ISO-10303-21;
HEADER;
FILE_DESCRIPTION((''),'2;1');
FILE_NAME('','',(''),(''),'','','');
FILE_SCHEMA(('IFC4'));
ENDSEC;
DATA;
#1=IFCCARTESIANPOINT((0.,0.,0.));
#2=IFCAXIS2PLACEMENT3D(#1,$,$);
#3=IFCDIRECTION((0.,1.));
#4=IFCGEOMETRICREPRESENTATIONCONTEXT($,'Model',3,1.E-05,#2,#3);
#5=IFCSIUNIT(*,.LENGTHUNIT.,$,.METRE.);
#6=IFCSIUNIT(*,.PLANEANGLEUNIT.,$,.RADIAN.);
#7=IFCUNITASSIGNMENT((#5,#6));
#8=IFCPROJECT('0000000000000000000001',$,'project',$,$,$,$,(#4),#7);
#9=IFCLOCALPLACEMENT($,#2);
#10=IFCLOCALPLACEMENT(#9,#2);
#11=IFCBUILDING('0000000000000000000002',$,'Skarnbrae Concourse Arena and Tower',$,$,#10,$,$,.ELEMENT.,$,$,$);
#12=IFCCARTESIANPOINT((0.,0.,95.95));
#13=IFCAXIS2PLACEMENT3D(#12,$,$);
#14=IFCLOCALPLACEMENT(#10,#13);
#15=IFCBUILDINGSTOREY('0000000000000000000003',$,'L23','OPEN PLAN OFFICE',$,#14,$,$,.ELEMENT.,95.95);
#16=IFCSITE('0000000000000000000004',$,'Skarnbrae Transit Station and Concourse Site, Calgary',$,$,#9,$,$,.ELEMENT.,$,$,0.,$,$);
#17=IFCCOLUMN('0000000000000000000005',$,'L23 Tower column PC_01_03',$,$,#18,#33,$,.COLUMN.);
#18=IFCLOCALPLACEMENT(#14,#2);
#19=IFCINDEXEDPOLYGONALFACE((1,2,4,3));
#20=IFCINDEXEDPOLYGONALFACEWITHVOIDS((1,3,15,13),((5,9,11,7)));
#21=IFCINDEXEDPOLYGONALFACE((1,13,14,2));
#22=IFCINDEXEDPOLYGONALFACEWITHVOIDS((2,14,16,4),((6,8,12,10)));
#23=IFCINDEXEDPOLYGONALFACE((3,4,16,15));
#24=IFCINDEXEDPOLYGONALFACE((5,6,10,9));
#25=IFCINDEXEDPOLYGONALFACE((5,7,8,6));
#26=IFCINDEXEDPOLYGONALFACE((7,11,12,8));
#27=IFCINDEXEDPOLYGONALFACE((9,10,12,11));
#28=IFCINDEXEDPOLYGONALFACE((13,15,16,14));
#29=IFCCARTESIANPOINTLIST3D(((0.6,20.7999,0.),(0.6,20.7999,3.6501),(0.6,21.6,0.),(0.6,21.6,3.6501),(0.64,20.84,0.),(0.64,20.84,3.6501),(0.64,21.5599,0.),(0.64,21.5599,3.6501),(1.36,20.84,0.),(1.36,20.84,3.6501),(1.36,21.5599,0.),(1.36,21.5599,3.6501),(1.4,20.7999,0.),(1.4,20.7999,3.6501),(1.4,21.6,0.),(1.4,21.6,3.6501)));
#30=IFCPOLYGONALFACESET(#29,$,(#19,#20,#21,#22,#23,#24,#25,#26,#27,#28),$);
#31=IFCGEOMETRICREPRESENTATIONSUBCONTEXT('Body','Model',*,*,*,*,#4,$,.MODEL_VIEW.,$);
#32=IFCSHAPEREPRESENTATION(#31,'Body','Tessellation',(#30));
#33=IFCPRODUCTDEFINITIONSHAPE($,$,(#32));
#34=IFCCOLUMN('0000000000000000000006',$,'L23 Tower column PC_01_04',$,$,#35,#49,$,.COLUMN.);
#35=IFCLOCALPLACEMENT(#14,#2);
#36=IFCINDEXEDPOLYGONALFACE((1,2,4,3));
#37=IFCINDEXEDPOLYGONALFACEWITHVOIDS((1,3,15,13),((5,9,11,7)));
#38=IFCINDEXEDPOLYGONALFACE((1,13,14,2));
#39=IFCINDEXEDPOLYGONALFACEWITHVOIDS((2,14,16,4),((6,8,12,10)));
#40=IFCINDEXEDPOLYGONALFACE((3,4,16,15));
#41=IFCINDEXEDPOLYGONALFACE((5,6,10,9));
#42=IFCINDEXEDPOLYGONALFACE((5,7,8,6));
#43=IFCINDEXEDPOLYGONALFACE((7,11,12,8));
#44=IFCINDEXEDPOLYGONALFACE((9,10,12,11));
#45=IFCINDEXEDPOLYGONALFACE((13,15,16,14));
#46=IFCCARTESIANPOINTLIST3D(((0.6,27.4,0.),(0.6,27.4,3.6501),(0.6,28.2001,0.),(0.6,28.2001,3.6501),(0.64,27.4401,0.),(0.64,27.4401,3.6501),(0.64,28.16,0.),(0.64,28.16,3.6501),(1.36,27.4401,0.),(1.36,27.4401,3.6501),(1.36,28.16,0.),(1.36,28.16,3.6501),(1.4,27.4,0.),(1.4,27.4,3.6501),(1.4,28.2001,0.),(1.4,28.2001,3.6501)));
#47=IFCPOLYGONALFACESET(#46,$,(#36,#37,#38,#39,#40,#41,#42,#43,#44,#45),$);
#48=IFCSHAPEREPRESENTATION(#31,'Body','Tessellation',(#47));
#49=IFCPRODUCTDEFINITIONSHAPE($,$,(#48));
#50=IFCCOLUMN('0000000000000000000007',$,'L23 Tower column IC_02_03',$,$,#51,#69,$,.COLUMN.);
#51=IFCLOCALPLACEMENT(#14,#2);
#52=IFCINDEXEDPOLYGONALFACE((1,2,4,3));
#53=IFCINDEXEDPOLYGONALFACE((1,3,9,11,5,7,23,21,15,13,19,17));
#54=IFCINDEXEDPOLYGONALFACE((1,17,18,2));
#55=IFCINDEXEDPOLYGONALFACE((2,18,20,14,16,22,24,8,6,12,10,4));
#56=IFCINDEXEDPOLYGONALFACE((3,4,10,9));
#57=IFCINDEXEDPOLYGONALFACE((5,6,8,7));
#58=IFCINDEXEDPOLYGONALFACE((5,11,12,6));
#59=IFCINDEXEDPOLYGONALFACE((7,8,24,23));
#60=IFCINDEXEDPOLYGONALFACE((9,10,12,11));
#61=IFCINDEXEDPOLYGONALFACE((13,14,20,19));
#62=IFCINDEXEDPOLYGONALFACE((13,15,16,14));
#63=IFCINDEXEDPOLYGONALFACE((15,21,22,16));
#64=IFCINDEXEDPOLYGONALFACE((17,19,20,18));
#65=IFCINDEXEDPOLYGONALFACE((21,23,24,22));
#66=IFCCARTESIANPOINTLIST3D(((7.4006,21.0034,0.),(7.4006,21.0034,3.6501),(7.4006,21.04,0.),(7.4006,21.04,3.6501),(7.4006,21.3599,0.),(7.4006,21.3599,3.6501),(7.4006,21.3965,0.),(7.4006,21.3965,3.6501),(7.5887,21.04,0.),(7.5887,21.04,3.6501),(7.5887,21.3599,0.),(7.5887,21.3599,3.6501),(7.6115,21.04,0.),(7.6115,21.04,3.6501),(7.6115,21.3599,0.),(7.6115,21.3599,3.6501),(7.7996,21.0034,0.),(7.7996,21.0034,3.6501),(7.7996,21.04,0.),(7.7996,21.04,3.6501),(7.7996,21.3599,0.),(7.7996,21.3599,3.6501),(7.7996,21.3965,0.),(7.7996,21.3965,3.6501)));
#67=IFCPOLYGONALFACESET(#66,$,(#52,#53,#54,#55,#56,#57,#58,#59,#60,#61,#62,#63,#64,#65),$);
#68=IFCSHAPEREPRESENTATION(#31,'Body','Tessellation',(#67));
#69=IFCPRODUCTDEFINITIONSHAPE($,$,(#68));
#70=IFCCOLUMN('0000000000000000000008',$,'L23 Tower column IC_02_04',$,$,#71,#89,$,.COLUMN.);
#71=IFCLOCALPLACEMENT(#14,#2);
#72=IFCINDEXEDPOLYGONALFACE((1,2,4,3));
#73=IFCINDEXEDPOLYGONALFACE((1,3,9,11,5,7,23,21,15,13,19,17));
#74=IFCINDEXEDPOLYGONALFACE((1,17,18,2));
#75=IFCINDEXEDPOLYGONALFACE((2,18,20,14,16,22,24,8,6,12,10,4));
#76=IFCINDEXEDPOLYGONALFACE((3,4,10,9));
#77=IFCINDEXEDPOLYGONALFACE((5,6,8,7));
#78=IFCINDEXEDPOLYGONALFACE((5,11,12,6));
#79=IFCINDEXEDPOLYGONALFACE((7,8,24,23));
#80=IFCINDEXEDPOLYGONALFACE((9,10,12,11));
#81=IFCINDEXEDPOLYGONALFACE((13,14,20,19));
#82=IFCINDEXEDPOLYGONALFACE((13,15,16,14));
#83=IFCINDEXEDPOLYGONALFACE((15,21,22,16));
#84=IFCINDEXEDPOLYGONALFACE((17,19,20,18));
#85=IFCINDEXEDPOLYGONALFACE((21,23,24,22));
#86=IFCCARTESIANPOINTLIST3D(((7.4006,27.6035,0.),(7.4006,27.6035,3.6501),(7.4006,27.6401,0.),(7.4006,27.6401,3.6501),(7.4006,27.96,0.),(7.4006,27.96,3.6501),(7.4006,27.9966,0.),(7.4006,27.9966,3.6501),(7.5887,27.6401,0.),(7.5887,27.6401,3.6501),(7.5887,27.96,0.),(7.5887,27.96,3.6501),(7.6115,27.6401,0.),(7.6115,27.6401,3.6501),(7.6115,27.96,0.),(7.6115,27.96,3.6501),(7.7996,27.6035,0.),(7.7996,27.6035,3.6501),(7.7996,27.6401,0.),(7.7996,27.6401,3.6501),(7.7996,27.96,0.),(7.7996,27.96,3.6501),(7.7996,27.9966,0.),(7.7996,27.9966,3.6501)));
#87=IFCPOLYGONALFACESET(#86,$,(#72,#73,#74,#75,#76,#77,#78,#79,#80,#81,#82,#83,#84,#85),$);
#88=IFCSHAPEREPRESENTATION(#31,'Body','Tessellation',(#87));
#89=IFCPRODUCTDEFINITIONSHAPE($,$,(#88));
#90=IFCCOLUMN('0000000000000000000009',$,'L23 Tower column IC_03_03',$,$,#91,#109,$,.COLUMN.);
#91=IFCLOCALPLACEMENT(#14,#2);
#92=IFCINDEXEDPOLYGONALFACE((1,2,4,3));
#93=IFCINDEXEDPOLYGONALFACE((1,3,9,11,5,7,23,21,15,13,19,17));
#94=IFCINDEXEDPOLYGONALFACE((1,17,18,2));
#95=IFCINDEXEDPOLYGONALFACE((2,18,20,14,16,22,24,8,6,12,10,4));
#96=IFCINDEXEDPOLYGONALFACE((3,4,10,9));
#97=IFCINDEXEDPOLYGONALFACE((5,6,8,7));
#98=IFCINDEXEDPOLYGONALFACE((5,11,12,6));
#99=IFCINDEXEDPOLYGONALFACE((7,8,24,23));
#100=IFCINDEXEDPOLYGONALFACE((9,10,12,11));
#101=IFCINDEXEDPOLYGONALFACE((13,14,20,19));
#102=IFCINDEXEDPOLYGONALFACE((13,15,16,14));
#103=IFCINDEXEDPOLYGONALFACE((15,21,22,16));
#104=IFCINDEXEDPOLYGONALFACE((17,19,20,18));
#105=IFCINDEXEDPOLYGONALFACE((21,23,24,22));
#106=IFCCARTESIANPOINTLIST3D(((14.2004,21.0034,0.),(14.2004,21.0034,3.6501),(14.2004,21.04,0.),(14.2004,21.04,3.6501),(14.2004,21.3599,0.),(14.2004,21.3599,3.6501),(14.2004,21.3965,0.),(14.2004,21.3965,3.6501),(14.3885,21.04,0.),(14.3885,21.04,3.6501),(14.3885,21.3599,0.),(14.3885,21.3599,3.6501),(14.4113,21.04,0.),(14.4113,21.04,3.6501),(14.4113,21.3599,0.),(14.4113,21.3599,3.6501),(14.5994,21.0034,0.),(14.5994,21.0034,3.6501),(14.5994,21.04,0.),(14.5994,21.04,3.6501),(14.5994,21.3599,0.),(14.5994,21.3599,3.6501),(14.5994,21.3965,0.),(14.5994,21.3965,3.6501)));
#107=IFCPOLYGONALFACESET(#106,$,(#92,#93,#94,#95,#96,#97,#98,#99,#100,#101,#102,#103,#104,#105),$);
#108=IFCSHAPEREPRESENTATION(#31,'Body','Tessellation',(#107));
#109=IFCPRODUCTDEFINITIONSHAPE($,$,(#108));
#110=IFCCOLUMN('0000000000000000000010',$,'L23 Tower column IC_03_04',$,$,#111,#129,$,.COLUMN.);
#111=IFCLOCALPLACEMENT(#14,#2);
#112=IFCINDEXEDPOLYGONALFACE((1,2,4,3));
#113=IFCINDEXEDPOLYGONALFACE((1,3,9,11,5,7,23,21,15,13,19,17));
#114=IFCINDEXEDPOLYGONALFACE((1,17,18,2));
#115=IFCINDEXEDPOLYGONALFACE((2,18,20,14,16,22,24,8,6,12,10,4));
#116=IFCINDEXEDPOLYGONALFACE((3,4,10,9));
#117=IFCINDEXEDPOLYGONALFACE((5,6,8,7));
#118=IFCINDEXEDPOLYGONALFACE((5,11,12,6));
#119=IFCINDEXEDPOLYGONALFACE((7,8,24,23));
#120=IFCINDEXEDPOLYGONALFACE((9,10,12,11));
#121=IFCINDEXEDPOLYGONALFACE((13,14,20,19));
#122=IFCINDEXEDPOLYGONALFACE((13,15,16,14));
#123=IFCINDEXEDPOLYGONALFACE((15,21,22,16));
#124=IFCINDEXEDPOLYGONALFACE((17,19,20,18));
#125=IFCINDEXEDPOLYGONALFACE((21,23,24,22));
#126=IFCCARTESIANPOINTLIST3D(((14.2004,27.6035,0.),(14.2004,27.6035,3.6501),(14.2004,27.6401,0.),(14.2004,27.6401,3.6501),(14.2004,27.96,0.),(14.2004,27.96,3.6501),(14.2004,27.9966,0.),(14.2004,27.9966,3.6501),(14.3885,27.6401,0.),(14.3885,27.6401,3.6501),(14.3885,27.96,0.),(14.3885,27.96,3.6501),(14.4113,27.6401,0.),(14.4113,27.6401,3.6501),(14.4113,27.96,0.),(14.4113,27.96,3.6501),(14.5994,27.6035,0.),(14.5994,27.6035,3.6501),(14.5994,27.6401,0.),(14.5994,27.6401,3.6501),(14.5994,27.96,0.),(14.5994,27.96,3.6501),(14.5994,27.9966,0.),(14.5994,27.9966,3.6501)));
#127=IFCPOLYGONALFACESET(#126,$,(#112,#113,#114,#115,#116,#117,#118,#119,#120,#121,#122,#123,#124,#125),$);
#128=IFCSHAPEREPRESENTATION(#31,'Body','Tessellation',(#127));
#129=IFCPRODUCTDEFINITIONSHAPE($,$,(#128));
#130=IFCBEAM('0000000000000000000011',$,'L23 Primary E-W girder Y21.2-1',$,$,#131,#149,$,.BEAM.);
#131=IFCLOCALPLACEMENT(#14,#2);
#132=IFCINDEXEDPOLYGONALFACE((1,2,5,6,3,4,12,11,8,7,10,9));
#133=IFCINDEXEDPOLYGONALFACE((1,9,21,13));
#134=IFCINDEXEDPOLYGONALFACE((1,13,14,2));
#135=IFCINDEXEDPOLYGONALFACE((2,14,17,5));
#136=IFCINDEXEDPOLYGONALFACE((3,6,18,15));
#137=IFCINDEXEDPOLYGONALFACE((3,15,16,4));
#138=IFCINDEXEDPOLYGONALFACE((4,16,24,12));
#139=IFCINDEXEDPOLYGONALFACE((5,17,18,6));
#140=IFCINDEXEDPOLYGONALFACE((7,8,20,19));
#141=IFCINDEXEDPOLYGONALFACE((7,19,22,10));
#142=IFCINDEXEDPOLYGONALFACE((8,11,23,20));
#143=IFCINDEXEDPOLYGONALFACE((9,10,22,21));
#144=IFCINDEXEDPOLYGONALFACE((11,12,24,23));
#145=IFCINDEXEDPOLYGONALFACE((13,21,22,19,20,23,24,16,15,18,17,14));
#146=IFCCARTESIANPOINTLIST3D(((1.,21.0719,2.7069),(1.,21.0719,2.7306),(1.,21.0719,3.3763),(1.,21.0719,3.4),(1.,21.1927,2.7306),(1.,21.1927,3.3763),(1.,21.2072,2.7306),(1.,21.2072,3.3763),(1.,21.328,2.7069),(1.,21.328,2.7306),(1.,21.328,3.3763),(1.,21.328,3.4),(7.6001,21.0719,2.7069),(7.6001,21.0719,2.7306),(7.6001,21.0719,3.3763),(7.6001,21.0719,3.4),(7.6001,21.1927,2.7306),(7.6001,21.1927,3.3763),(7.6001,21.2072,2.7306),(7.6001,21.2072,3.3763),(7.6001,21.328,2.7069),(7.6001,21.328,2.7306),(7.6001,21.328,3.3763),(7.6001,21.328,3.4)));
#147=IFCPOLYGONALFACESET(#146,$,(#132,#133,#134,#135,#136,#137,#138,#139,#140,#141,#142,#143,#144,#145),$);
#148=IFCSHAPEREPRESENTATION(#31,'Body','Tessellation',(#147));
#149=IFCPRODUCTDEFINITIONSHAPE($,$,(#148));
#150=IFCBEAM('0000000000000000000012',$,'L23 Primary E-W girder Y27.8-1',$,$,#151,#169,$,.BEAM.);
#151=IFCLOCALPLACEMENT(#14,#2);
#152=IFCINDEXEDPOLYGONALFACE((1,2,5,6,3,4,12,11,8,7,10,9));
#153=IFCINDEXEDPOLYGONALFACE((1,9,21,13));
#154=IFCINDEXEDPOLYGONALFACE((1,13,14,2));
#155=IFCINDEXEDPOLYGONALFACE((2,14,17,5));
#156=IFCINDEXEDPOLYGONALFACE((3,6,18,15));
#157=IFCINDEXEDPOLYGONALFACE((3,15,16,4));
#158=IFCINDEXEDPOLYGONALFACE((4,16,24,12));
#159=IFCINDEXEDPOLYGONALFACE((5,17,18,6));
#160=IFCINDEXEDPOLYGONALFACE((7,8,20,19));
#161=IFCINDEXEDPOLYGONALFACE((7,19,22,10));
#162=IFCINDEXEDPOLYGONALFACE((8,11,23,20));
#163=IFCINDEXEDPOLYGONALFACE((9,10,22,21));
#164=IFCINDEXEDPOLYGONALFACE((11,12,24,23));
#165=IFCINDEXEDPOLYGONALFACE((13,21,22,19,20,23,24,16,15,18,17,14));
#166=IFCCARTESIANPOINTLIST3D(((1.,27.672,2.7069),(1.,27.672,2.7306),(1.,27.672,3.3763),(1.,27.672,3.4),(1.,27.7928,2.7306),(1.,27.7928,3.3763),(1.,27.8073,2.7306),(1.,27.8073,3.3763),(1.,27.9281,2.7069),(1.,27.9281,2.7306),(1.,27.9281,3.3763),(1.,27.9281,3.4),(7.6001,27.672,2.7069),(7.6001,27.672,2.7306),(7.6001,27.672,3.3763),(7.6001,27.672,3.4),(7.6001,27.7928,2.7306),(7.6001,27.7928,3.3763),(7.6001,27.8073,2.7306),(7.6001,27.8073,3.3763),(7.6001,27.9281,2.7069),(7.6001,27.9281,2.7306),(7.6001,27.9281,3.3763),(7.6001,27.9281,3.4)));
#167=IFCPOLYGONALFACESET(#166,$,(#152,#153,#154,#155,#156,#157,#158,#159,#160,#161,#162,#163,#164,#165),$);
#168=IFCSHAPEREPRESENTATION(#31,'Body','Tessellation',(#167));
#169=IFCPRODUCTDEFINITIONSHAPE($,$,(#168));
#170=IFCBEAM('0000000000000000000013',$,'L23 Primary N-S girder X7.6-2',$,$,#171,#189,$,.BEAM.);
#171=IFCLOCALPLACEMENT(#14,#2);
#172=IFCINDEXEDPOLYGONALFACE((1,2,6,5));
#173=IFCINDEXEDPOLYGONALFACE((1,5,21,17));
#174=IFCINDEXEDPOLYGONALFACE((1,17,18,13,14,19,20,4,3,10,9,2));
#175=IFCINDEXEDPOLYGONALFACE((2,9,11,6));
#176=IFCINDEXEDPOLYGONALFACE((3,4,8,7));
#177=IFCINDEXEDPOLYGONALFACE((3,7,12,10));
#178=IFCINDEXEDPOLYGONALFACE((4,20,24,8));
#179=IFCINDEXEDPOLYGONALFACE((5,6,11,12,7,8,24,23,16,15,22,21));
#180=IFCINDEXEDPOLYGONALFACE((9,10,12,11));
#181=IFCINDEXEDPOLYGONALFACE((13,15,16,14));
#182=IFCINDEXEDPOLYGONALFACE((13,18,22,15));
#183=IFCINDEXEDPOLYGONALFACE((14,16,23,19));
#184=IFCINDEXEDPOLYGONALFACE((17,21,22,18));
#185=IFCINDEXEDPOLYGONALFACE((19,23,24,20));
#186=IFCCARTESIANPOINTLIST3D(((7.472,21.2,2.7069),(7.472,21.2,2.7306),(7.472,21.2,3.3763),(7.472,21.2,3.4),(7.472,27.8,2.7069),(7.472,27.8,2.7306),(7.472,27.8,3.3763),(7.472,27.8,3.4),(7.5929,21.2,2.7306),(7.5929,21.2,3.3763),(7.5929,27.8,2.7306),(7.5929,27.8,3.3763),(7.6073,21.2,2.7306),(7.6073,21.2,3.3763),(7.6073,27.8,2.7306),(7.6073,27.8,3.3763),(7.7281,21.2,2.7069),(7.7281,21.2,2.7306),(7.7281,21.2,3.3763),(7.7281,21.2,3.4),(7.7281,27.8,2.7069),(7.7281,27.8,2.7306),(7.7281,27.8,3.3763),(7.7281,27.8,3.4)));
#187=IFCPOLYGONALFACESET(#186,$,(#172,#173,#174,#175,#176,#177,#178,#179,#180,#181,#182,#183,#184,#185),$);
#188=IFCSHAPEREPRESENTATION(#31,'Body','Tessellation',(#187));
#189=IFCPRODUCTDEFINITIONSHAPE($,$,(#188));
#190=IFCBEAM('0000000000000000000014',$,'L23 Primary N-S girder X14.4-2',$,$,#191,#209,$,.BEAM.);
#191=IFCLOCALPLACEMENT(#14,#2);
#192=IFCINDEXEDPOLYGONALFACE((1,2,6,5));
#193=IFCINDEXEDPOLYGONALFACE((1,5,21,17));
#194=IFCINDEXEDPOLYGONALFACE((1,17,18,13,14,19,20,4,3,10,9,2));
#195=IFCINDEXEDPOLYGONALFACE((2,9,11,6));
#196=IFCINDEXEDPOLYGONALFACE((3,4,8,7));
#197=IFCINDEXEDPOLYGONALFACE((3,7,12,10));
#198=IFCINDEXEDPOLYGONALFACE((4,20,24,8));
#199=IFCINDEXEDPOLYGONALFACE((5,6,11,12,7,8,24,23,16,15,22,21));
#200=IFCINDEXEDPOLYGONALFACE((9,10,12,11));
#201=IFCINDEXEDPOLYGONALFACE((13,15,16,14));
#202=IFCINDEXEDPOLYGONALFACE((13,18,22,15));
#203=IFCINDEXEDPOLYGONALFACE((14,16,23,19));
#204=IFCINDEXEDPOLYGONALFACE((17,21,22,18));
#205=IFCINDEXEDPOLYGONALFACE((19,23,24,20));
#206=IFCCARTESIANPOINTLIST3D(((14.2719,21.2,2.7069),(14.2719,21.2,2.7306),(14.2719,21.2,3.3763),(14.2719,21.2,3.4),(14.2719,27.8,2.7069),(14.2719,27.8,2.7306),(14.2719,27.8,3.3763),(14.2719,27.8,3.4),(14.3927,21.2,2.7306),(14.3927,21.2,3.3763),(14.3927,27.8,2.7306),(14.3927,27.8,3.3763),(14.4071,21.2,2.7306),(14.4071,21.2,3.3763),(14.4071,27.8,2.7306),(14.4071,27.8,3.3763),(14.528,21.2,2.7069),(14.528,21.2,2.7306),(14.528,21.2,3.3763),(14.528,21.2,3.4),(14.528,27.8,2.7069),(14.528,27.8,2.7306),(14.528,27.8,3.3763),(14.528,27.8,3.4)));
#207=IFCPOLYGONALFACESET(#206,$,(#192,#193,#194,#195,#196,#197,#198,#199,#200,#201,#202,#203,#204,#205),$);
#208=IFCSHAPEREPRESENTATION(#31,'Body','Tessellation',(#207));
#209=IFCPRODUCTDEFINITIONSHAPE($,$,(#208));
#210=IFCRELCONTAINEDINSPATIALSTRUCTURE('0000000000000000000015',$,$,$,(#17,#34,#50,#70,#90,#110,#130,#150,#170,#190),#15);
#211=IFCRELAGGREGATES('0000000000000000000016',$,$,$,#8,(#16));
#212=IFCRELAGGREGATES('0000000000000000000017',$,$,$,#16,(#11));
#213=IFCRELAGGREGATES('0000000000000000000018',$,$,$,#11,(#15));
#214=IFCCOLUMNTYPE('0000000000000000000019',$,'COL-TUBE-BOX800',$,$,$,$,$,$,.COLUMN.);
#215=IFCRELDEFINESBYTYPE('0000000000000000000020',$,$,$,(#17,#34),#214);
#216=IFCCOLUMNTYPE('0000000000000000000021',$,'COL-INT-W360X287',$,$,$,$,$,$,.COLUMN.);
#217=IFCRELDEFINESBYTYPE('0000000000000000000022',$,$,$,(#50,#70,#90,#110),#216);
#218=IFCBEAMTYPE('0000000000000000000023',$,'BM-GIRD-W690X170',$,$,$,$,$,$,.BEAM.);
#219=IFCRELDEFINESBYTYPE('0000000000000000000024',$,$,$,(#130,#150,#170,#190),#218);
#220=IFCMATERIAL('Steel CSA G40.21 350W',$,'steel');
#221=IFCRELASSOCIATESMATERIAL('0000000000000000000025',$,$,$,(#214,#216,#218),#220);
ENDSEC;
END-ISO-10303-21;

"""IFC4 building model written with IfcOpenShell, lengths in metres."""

from ifc_helpers import new_model, si_unit, direction, frame, origin, origin_2d, place, context, subcontext, project, spatial, hollow_rectangle, i_section, extrude, source, transform, mapped, material, material_profile, profile_set, type_object, element, save


model = new_model("IFC4")

# Units and contexts
model_context = context("Model", 3, precision=1e-05, world=origin(), true_north=direction((0.0, 1.0)))
body_context = subcontext(model_context, "Body", "Model", "MODEL_VIEW")
ifc_project = project(units=[si_unit("LENGTHUNIT", "METRE"), si_unit("PLANEANGLEUNIT", "RADIAN")], contexts=[model_context])

# Site, building, storey
site_placement = place(None, origin())
site = spatial("IfcSite", under=ifc_project, at=site_placement, Name="Skarnbrae Transit Station and Concourse Site, Calgary", CompositionType="ELEMENT", RefElevation=0.0)
building_placement = place(site_placement, origin())
building = spatial("IfcBuilding", under=site, at=building_placement, Name="Skarnbrae Concourse Arena and Tower", CompositionType="ELEMENT")
storey_placement = place(building_placement, frame((0.0, 0.0, 95.95)))
storey = spatial("IfcBuildingStorey", under=building, at=storey_placement, Name="L23", Description="OPEN PLAN OFFICE", CompositionType="ELEMENT", Elevation=95.95)

# Columns
ifc_material_1 = material(Name="Steel CSA G40.21 350W", Category="steel")
ifc_material_profile_1 = material_profile(ifc_material_1, hollow_rectangle(XDim=0.8, YDim=0.8, WallThickness=0.04, at=origin_2d()), Name="BOX800X800X40")
ifc_profile_set_1 = profile_set([ifc_material_profile_1], Name="Steel CSA G40.21 350W")
column_type_1 = type_object("IfcColumnType", Name="COL-TUBE-BOX800", PredefinedType="COLUMN", material=ifc_profile_set_1)
shared_shape_1 = source(origin(), body_context, "Body", "SweptSolid", [
    extrude(hollow_rectangle(XDim=0.8, YDim=0.8, WallThickness=0.04, at=origin_2d()), origin(), (0.0, 0.0, 1.0), 3.6501),
])
for number, where, z_axis, x_axis, name in (
    (1, (1.0, 21.2, 0.0), (0.0, 0.0, 1.0), (1.0, 0.0, 0.0), "L23 Tower column PC_01_03"),
    (2, (1.0, 27.8, 0.0), (0.0, 0.0, 1.0), (1.0, 0.0, 0.0), "L23 Tower column PC_01_04"),
):
    element("IfcColumn", number, at=place(storey_placement, frame(where, z_axis=z_axis, x_axis=x_axis)), inside=storey, type_object=column_type_1, Name=name, PredefinedType="COLUMN", context=body_context, shape_type="MappedRepresentation", body=[
        mapped(shared_shape_1, transform((0.0, 0.0, 0.0))),
    ])
ifc_material_profile_2 = material_profile(ifc_material_1, i_section(OverallWidth=0.3989, OverallDepth=0.3931, WebThickness=0.0227, FlangeThickness=0.0366, at=origin_2d()), Name="W360X287")
ifc_profile_set_2 = profile_set([ifc_material_profile_2], Name="Steel CSA G40.21 350W")
column_type_2 = type_object("IfcColumnType", Name="COL-INT-W360X287", PredefinedType="COLUMN", material=ifc_profile_set_2)
shared_shape_2 = source(origin(), body_context, "Body", "SweptSolid", [
    extrude(i_section(OverallWidth=0.3989, OverallDepth=0.3931, WebThickness=0.0227, FlangeThickness=0.0366, at=origin_2d()), origin(), (0.0, 0.0, 1.0), 3.6501),
])
for number, where, z_axis, x_axis, name in (
    (3, (7.6001, 21.2, 0.0), (0.0, 0.0, 1.0), (1.0, 0.0, 0.0), "L23 Tower column IC_02_03"),
    (4, (7.6001, 27.8, 0.0), (0.0, 0.0, 1.0), (1.0, 0.0, 0.0), "L23 Tower column IC_02_04"),
    (5, (14.3999, 21.2, 0.0), (0.0, 0.0, 1.0), (1.0, 0.0, 0.0), "L23 Tower column IC_03_03"),
    (6, (14.3999, 27.8, 0.0), (0.0, 0.0, 1.0), (1.0, 0.0, 0.0), "L23 Tower column IC_03_04"),
):
    element("IfcColumn", number, at=place(storey_placement, frame(where, z_axis=z_axis, x_axis=x_axis)), inside=storey, type_object=column_type_2, Name=name, PredefinedType="COLUMN", context=body_context, shape_type="MappedRepresentation", body=[
        mapped(shared_shape_2, transform((0.0, 0.0, 0.0))),
    ])

# Beams
ifc_material_profile_3 = material_profile(ifc_material_1, i_section(OverallWidth=0.2561, OverallDepth=0.6931, WebThickness=0.0144, FlangeThickness=0.0237, at=origin_2d()), Name="W690X170")
ifc_profile_set_3 = profile_set([ifc_material_profile_3], Name="Steel CSA G40.21 350W")
beam_type_1 = type_object("IfcBeamType", Name="BM-GIRD-W690X170", PredefinedType="BEAM", material=ifc_profile_set_3)
shared_shape_3 = source(origin(), body_context, "Body", "SweptSolid", [
    extrude(i_section(OverallWidth=0.2561, OverallDepth=0.6931, WebThickness=0.0144, FlangeThickness=0.0237, at=origin_2d()), origin(), (0.0, 0.0, 1.0), 6.6001),
])
for number, where, z_axis, x_axis, name in (
    (7, (1.0, 21.2, 3.0535), (1.0, 0.0, 0.0), (0.0, 1.0, 0.0), "L23 Primary E-W girder Y21.2-1"),
    (8, (1.0, 27.8, 3.0535), (1.0, 0.0, 0.0), (0.0, 1.0, 0.0), "L23 Primary E-W girder Y27.8-1"),
    (9, (7.6001, 21.2, 3.0535), (0.0, 1.0, 0.0), (-1.0, 0.0, 0.0), "L23 Primary N-S girder X7.6-2"),
    (10, (14.3999, 21.2, 3.0535), (0.0, 1.0, 0.0), (-1.0, 0.0, 0.0), "L23 Primary N-S girder X14.4-2"),
):
    element("IfcBeam", number, at=place(storey_placement, frame(where, z_axis=z_axis, x_axis=x_axis)), inside=storey, type_object=beam_type_1, Name=name, PredefinedType="BEAM", context=body_context, shape_type="MappedRepresentation", body=[
        mapped(shared_shape_3, transform((0.0, 0.0, 0.0))),
    ])

save(model, "model.ifc")
